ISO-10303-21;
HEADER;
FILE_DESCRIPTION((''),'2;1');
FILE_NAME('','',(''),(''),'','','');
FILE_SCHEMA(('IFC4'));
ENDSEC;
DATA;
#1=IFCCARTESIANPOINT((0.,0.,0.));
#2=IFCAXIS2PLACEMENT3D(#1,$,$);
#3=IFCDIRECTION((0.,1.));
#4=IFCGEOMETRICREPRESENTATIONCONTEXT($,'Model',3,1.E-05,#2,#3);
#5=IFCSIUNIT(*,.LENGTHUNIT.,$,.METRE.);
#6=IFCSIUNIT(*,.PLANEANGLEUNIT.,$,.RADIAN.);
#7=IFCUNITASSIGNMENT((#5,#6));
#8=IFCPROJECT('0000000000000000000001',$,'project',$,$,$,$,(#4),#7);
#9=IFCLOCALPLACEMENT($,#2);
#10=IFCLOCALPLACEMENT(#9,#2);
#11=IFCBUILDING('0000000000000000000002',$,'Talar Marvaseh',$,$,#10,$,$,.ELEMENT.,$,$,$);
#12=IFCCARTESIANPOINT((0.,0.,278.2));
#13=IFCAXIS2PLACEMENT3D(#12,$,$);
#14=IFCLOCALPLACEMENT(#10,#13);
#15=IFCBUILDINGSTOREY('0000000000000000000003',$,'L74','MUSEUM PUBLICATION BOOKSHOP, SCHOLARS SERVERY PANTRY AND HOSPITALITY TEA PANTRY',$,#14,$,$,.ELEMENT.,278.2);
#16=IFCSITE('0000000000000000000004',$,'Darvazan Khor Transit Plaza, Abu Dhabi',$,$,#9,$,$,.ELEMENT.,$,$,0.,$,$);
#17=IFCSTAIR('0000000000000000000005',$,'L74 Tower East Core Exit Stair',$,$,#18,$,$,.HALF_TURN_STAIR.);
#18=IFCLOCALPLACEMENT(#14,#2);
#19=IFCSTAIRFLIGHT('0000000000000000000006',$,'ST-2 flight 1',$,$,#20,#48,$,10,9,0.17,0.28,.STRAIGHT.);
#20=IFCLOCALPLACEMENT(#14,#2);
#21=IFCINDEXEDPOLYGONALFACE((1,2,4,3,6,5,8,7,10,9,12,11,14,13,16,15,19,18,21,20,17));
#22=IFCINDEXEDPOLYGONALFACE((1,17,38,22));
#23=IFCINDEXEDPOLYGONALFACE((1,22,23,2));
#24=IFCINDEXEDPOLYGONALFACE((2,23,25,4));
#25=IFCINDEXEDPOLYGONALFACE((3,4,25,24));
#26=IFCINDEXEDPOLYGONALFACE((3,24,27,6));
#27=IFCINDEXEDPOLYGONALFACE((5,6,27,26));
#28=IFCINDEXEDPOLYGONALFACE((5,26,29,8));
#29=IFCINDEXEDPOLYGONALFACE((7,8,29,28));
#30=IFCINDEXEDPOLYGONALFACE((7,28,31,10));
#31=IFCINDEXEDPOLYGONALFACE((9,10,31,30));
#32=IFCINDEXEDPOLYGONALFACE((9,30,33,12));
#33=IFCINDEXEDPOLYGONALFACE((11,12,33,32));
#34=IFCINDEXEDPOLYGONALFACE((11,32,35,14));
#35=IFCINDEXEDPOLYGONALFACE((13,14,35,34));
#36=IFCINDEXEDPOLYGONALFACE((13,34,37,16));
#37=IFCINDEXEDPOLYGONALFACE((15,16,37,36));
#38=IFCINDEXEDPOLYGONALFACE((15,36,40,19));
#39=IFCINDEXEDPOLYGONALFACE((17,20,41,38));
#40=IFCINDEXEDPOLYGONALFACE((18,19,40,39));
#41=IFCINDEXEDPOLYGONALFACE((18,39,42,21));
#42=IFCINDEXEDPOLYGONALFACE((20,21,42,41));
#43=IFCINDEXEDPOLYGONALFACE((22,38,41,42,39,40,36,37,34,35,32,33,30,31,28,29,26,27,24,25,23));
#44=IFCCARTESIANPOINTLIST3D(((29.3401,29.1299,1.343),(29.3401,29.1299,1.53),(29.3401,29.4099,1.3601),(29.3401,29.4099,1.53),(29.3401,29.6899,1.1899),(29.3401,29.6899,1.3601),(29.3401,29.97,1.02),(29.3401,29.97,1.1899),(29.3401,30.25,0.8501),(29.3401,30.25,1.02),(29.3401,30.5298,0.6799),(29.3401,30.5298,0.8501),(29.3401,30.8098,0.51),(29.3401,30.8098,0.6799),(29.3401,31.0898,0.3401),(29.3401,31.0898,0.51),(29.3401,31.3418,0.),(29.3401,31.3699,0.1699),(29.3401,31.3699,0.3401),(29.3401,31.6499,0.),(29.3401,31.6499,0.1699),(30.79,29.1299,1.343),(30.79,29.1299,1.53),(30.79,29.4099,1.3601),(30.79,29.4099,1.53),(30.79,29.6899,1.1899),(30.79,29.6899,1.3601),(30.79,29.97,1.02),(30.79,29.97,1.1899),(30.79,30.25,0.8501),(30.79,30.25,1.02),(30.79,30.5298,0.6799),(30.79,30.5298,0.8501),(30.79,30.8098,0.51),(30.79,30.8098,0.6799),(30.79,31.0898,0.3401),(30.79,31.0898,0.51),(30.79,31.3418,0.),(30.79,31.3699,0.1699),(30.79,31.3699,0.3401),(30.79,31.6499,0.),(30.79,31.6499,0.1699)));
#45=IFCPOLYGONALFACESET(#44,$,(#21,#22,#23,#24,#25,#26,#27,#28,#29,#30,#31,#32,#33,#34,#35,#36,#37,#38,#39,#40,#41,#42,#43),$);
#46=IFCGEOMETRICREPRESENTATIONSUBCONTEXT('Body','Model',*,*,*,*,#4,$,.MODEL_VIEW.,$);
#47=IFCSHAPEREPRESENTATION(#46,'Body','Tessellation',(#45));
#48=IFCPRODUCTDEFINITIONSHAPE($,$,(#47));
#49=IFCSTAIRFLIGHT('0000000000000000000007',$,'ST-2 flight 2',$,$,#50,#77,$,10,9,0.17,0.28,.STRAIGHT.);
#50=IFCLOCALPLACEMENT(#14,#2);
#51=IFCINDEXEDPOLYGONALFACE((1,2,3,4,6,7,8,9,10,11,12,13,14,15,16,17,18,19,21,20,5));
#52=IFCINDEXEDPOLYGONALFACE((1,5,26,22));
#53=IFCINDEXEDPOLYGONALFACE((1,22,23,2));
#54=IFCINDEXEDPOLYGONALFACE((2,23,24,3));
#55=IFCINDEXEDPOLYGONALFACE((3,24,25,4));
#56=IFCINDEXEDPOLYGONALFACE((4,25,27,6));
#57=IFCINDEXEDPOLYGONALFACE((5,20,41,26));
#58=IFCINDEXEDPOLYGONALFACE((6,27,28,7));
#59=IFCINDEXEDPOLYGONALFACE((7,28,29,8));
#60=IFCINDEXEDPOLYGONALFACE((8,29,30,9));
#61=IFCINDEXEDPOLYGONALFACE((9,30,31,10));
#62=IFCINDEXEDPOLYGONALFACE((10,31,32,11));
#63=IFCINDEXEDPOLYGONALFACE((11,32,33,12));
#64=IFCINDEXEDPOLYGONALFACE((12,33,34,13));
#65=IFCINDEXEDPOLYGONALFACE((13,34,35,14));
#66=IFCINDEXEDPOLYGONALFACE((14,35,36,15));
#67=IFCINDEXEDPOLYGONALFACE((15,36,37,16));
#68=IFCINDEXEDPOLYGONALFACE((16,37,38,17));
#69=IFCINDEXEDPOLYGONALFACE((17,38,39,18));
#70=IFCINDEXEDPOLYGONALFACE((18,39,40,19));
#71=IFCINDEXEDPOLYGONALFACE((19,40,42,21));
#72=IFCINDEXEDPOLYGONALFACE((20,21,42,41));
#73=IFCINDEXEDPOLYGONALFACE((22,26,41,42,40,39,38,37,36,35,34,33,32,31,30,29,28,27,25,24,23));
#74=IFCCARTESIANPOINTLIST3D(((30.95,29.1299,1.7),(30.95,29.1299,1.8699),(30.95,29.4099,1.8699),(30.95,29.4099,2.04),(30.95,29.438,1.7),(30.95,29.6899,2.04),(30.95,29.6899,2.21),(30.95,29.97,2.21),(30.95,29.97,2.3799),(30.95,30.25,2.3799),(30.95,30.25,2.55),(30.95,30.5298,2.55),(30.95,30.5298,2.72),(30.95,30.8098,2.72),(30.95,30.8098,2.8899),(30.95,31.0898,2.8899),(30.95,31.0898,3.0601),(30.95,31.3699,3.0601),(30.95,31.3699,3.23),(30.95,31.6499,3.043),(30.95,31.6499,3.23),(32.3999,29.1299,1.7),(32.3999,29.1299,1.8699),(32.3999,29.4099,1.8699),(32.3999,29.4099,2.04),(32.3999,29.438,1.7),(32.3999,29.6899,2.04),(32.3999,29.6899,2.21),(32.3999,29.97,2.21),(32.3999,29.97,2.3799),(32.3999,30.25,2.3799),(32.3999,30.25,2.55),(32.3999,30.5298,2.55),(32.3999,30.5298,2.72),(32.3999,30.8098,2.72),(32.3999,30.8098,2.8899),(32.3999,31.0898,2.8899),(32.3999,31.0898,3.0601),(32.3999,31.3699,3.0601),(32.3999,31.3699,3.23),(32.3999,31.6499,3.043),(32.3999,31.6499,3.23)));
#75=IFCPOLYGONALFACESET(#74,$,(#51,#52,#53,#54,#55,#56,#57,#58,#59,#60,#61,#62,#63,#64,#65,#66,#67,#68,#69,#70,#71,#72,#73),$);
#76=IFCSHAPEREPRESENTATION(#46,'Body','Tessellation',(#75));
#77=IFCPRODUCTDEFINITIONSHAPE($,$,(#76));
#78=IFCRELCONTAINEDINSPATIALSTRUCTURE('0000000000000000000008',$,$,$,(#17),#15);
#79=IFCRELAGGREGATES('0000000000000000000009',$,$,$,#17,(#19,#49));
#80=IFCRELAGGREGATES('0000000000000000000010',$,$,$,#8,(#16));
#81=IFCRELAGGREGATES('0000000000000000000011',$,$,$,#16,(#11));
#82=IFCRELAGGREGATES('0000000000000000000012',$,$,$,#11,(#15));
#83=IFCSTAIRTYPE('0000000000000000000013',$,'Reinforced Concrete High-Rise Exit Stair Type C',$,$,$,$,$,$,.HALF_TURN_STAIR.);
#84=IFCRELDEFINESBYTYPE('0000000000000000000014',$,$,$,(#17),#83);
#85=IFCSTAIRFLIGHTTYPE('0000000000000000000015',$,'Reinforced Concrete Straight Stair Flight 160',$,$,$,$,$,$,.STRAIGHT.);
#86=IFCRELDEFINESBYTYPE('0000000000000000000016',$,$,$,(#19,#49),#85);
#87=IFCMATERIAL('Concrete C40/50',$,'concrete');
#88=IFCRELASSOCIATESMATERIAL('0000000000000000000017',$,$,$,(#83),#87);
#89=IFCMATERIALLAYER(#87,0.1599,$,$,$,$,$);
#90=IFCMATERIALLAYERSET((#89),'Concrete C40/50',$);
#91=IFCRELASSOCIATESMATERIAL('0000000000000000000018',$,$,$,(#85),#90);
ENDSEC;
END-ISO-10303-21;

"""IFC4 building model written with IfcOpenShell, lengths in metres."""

from ifc_helpers import new_model, si_unit, direction, frame, origin, place, context, subcontext, project, spatial, polyline, outline, extrude, material, layer, layer_set, type_object, element, aggregate, save


model = new_model("IFC4")

# Units and contexts
model_context = context("Model", 3, precision=1e-05, world=origin(), true_north=direction((0.0, 1.0)))
body_context = subcontext(model_context, "Body", "Model", "MODEL_VIEW")
ifc_project = project(units=[si_unit("LENGTHUNIT", "METRE"), si_unit("PLANEANGLEUNIT", "RADIAN")], contexts=[model_context])

# Site, building, storey
site_placement = place(None, origin())
site = spatial("IfcSite", under=ifc_project, at=site_placement, Name="Darvazan Khor Transit Plaza, Abu Dhabi", CompositionType="ELEMENT", RefElevation=0.0)
building_placement = place(site_placement, origin())
building = spatial("IfcBuilding", under=site, at=building_placement, Name="Talar Marvaseh", CompositionType="ELEMENT")
storey_placement = place(building_placement, frame((0.0, 0.0, 278.2)))
storey = spatial("IfcBuildingStorey", under=building, at=storey_placement, Name="L74", Description="MUSEUM PUBLICATION BOOKSHOP, SCHOLARS SERVERY PANTRY AND HOSPITALITY TEA PANTRY", CompositionType="ELEMENT", Elevation=278.2)

# Shared definitions
ifc_material_1 = material(Name="Concrete C40/50", Category="concrete")

# Stair, stair flights
stair_type = type_object("IfcStairType", Name="Reinforced Concrete High-Rise Exit Stair Type C", PredefinedType="HALF_TURN_STAIR", material=ifc_material_1)
stair_placement = place(storey_placement, origin())
stair = element("IfcStair", 1, at=stair_placement, inside=storey, type_object=stair_type, Name="L74 Tower East Core Exit Stair", PredefinedType="HALF_TURN_STAIR")
ifc_layer_1 = layer(ifc_material_1, 0.1599)
ifc_layer_set_1 = layer_set([ifc_layer_1], Name="Concrete C40/50")
stair_flight_type = type_object("IfcStairFlightType", Name="Reinforced Concrete Straight Stair Flight 160", PredefinedType="STRAIGHT", material=ifc_layer_set_1)
stair_flight_1_placement = place(storey_placement, frame((30.0649, 31.6499, 0.0), z_axis=(0.0, 0.0, 1.0), x_axis=(0.0, -1.0, 0.0)))
stair_flight_1 = element("IfcStairFlight", 2, at=stair_flight_1_placement, type_object=stair_flight_type, Name="ST-2 flight 1", NumberOfRisers=10, NumberOfTreads=9, PredefinedType="STRAIGHT", RiserHeight=0.17, TreadLength=0.28, context=body_context, shape_type="SweptSolid", body=[
    extrude(outline(polyline([(0.0, 0.0), (0.0, 0.1699), (0.28, 0.1699), (0.28, 0.3401), (0.5601, 0.3401), (0.5601, 0.51), (0.8401, 0.51), (0.8401, 0.6799), (1.1201, 0.6799), (1.1201, 0.8501), (1.3999, 0.8501), (1.3999, 1.02), (1.6799, 1.02), (1.6799, 1.1899), (1.96, 1.1899), (1.96, 1.3601), (2.24, 1.3601), (2.24, 1.53), (2.52, 1.53), (2.52, 1.7), (2.52, 1.343), (0.3081, 0.0), (0.0, 0.0)])), frame((0.0, 0.7251, 0.0), z_axis=(0.0, -1.0, 0.0), x_axis=(1.0, 0.0, 0.0)), (0.0, 0.0, 1.0), 1.45),
])
stair_flight_2_placement = place(storey_placement, frame((31.675, 29.1299, 1.7), z_axis=(0.0, 0.0, 1.0), x_axis=(0.0, 1.0, 0.0)))
stair_flight_2 = element("IfcStairFlight", 3, at=stair_flight_2_placement, type_object=stair_flight_type, Name="ST-2 flight 2", NumberOfRisers=10, NumberOfTreads=9, PredefinedType="STRAIGHT", RiserHeight=0.17, TreadLength=0.28, context=body_context, shape_type="SweptSolid", body=[
    extrude(outline(polyline([(0.0, 0.0), (0.0, 0.1699), (0.28, 0.1699), (0.28, 0.3401), (0.5601, 0.3401), (0.5601, 0.51), (0.8401, 0.51), (0.8401, 0.6799), (1.1201, 0.6799), (1.1201, 0.8501), (1.3999, 0.8501), (1.3999, 1.02), (1.6799, 1.02), (1.6799, 1.1899), (1.96, 1.1899), (1.96, 1.3601), (2.24, 1.3601), (2.24, 1.53), (2.52, 1.53), (2.52, 1.7), (2.52, 1.343), (0.3081, 0.0), (0.0, 0.0)])), frame((0.0, 0.7251, 0.0), z_axis=(0.0, -1.0, 0.0), x_axis=(1.0, 0.0, 0.0)), (0.0, 0.0, 1.0), 1.45),
])
aggregate(stair, [stair_flight_1, stair_flight_2])

save(model, "model.ifc")
